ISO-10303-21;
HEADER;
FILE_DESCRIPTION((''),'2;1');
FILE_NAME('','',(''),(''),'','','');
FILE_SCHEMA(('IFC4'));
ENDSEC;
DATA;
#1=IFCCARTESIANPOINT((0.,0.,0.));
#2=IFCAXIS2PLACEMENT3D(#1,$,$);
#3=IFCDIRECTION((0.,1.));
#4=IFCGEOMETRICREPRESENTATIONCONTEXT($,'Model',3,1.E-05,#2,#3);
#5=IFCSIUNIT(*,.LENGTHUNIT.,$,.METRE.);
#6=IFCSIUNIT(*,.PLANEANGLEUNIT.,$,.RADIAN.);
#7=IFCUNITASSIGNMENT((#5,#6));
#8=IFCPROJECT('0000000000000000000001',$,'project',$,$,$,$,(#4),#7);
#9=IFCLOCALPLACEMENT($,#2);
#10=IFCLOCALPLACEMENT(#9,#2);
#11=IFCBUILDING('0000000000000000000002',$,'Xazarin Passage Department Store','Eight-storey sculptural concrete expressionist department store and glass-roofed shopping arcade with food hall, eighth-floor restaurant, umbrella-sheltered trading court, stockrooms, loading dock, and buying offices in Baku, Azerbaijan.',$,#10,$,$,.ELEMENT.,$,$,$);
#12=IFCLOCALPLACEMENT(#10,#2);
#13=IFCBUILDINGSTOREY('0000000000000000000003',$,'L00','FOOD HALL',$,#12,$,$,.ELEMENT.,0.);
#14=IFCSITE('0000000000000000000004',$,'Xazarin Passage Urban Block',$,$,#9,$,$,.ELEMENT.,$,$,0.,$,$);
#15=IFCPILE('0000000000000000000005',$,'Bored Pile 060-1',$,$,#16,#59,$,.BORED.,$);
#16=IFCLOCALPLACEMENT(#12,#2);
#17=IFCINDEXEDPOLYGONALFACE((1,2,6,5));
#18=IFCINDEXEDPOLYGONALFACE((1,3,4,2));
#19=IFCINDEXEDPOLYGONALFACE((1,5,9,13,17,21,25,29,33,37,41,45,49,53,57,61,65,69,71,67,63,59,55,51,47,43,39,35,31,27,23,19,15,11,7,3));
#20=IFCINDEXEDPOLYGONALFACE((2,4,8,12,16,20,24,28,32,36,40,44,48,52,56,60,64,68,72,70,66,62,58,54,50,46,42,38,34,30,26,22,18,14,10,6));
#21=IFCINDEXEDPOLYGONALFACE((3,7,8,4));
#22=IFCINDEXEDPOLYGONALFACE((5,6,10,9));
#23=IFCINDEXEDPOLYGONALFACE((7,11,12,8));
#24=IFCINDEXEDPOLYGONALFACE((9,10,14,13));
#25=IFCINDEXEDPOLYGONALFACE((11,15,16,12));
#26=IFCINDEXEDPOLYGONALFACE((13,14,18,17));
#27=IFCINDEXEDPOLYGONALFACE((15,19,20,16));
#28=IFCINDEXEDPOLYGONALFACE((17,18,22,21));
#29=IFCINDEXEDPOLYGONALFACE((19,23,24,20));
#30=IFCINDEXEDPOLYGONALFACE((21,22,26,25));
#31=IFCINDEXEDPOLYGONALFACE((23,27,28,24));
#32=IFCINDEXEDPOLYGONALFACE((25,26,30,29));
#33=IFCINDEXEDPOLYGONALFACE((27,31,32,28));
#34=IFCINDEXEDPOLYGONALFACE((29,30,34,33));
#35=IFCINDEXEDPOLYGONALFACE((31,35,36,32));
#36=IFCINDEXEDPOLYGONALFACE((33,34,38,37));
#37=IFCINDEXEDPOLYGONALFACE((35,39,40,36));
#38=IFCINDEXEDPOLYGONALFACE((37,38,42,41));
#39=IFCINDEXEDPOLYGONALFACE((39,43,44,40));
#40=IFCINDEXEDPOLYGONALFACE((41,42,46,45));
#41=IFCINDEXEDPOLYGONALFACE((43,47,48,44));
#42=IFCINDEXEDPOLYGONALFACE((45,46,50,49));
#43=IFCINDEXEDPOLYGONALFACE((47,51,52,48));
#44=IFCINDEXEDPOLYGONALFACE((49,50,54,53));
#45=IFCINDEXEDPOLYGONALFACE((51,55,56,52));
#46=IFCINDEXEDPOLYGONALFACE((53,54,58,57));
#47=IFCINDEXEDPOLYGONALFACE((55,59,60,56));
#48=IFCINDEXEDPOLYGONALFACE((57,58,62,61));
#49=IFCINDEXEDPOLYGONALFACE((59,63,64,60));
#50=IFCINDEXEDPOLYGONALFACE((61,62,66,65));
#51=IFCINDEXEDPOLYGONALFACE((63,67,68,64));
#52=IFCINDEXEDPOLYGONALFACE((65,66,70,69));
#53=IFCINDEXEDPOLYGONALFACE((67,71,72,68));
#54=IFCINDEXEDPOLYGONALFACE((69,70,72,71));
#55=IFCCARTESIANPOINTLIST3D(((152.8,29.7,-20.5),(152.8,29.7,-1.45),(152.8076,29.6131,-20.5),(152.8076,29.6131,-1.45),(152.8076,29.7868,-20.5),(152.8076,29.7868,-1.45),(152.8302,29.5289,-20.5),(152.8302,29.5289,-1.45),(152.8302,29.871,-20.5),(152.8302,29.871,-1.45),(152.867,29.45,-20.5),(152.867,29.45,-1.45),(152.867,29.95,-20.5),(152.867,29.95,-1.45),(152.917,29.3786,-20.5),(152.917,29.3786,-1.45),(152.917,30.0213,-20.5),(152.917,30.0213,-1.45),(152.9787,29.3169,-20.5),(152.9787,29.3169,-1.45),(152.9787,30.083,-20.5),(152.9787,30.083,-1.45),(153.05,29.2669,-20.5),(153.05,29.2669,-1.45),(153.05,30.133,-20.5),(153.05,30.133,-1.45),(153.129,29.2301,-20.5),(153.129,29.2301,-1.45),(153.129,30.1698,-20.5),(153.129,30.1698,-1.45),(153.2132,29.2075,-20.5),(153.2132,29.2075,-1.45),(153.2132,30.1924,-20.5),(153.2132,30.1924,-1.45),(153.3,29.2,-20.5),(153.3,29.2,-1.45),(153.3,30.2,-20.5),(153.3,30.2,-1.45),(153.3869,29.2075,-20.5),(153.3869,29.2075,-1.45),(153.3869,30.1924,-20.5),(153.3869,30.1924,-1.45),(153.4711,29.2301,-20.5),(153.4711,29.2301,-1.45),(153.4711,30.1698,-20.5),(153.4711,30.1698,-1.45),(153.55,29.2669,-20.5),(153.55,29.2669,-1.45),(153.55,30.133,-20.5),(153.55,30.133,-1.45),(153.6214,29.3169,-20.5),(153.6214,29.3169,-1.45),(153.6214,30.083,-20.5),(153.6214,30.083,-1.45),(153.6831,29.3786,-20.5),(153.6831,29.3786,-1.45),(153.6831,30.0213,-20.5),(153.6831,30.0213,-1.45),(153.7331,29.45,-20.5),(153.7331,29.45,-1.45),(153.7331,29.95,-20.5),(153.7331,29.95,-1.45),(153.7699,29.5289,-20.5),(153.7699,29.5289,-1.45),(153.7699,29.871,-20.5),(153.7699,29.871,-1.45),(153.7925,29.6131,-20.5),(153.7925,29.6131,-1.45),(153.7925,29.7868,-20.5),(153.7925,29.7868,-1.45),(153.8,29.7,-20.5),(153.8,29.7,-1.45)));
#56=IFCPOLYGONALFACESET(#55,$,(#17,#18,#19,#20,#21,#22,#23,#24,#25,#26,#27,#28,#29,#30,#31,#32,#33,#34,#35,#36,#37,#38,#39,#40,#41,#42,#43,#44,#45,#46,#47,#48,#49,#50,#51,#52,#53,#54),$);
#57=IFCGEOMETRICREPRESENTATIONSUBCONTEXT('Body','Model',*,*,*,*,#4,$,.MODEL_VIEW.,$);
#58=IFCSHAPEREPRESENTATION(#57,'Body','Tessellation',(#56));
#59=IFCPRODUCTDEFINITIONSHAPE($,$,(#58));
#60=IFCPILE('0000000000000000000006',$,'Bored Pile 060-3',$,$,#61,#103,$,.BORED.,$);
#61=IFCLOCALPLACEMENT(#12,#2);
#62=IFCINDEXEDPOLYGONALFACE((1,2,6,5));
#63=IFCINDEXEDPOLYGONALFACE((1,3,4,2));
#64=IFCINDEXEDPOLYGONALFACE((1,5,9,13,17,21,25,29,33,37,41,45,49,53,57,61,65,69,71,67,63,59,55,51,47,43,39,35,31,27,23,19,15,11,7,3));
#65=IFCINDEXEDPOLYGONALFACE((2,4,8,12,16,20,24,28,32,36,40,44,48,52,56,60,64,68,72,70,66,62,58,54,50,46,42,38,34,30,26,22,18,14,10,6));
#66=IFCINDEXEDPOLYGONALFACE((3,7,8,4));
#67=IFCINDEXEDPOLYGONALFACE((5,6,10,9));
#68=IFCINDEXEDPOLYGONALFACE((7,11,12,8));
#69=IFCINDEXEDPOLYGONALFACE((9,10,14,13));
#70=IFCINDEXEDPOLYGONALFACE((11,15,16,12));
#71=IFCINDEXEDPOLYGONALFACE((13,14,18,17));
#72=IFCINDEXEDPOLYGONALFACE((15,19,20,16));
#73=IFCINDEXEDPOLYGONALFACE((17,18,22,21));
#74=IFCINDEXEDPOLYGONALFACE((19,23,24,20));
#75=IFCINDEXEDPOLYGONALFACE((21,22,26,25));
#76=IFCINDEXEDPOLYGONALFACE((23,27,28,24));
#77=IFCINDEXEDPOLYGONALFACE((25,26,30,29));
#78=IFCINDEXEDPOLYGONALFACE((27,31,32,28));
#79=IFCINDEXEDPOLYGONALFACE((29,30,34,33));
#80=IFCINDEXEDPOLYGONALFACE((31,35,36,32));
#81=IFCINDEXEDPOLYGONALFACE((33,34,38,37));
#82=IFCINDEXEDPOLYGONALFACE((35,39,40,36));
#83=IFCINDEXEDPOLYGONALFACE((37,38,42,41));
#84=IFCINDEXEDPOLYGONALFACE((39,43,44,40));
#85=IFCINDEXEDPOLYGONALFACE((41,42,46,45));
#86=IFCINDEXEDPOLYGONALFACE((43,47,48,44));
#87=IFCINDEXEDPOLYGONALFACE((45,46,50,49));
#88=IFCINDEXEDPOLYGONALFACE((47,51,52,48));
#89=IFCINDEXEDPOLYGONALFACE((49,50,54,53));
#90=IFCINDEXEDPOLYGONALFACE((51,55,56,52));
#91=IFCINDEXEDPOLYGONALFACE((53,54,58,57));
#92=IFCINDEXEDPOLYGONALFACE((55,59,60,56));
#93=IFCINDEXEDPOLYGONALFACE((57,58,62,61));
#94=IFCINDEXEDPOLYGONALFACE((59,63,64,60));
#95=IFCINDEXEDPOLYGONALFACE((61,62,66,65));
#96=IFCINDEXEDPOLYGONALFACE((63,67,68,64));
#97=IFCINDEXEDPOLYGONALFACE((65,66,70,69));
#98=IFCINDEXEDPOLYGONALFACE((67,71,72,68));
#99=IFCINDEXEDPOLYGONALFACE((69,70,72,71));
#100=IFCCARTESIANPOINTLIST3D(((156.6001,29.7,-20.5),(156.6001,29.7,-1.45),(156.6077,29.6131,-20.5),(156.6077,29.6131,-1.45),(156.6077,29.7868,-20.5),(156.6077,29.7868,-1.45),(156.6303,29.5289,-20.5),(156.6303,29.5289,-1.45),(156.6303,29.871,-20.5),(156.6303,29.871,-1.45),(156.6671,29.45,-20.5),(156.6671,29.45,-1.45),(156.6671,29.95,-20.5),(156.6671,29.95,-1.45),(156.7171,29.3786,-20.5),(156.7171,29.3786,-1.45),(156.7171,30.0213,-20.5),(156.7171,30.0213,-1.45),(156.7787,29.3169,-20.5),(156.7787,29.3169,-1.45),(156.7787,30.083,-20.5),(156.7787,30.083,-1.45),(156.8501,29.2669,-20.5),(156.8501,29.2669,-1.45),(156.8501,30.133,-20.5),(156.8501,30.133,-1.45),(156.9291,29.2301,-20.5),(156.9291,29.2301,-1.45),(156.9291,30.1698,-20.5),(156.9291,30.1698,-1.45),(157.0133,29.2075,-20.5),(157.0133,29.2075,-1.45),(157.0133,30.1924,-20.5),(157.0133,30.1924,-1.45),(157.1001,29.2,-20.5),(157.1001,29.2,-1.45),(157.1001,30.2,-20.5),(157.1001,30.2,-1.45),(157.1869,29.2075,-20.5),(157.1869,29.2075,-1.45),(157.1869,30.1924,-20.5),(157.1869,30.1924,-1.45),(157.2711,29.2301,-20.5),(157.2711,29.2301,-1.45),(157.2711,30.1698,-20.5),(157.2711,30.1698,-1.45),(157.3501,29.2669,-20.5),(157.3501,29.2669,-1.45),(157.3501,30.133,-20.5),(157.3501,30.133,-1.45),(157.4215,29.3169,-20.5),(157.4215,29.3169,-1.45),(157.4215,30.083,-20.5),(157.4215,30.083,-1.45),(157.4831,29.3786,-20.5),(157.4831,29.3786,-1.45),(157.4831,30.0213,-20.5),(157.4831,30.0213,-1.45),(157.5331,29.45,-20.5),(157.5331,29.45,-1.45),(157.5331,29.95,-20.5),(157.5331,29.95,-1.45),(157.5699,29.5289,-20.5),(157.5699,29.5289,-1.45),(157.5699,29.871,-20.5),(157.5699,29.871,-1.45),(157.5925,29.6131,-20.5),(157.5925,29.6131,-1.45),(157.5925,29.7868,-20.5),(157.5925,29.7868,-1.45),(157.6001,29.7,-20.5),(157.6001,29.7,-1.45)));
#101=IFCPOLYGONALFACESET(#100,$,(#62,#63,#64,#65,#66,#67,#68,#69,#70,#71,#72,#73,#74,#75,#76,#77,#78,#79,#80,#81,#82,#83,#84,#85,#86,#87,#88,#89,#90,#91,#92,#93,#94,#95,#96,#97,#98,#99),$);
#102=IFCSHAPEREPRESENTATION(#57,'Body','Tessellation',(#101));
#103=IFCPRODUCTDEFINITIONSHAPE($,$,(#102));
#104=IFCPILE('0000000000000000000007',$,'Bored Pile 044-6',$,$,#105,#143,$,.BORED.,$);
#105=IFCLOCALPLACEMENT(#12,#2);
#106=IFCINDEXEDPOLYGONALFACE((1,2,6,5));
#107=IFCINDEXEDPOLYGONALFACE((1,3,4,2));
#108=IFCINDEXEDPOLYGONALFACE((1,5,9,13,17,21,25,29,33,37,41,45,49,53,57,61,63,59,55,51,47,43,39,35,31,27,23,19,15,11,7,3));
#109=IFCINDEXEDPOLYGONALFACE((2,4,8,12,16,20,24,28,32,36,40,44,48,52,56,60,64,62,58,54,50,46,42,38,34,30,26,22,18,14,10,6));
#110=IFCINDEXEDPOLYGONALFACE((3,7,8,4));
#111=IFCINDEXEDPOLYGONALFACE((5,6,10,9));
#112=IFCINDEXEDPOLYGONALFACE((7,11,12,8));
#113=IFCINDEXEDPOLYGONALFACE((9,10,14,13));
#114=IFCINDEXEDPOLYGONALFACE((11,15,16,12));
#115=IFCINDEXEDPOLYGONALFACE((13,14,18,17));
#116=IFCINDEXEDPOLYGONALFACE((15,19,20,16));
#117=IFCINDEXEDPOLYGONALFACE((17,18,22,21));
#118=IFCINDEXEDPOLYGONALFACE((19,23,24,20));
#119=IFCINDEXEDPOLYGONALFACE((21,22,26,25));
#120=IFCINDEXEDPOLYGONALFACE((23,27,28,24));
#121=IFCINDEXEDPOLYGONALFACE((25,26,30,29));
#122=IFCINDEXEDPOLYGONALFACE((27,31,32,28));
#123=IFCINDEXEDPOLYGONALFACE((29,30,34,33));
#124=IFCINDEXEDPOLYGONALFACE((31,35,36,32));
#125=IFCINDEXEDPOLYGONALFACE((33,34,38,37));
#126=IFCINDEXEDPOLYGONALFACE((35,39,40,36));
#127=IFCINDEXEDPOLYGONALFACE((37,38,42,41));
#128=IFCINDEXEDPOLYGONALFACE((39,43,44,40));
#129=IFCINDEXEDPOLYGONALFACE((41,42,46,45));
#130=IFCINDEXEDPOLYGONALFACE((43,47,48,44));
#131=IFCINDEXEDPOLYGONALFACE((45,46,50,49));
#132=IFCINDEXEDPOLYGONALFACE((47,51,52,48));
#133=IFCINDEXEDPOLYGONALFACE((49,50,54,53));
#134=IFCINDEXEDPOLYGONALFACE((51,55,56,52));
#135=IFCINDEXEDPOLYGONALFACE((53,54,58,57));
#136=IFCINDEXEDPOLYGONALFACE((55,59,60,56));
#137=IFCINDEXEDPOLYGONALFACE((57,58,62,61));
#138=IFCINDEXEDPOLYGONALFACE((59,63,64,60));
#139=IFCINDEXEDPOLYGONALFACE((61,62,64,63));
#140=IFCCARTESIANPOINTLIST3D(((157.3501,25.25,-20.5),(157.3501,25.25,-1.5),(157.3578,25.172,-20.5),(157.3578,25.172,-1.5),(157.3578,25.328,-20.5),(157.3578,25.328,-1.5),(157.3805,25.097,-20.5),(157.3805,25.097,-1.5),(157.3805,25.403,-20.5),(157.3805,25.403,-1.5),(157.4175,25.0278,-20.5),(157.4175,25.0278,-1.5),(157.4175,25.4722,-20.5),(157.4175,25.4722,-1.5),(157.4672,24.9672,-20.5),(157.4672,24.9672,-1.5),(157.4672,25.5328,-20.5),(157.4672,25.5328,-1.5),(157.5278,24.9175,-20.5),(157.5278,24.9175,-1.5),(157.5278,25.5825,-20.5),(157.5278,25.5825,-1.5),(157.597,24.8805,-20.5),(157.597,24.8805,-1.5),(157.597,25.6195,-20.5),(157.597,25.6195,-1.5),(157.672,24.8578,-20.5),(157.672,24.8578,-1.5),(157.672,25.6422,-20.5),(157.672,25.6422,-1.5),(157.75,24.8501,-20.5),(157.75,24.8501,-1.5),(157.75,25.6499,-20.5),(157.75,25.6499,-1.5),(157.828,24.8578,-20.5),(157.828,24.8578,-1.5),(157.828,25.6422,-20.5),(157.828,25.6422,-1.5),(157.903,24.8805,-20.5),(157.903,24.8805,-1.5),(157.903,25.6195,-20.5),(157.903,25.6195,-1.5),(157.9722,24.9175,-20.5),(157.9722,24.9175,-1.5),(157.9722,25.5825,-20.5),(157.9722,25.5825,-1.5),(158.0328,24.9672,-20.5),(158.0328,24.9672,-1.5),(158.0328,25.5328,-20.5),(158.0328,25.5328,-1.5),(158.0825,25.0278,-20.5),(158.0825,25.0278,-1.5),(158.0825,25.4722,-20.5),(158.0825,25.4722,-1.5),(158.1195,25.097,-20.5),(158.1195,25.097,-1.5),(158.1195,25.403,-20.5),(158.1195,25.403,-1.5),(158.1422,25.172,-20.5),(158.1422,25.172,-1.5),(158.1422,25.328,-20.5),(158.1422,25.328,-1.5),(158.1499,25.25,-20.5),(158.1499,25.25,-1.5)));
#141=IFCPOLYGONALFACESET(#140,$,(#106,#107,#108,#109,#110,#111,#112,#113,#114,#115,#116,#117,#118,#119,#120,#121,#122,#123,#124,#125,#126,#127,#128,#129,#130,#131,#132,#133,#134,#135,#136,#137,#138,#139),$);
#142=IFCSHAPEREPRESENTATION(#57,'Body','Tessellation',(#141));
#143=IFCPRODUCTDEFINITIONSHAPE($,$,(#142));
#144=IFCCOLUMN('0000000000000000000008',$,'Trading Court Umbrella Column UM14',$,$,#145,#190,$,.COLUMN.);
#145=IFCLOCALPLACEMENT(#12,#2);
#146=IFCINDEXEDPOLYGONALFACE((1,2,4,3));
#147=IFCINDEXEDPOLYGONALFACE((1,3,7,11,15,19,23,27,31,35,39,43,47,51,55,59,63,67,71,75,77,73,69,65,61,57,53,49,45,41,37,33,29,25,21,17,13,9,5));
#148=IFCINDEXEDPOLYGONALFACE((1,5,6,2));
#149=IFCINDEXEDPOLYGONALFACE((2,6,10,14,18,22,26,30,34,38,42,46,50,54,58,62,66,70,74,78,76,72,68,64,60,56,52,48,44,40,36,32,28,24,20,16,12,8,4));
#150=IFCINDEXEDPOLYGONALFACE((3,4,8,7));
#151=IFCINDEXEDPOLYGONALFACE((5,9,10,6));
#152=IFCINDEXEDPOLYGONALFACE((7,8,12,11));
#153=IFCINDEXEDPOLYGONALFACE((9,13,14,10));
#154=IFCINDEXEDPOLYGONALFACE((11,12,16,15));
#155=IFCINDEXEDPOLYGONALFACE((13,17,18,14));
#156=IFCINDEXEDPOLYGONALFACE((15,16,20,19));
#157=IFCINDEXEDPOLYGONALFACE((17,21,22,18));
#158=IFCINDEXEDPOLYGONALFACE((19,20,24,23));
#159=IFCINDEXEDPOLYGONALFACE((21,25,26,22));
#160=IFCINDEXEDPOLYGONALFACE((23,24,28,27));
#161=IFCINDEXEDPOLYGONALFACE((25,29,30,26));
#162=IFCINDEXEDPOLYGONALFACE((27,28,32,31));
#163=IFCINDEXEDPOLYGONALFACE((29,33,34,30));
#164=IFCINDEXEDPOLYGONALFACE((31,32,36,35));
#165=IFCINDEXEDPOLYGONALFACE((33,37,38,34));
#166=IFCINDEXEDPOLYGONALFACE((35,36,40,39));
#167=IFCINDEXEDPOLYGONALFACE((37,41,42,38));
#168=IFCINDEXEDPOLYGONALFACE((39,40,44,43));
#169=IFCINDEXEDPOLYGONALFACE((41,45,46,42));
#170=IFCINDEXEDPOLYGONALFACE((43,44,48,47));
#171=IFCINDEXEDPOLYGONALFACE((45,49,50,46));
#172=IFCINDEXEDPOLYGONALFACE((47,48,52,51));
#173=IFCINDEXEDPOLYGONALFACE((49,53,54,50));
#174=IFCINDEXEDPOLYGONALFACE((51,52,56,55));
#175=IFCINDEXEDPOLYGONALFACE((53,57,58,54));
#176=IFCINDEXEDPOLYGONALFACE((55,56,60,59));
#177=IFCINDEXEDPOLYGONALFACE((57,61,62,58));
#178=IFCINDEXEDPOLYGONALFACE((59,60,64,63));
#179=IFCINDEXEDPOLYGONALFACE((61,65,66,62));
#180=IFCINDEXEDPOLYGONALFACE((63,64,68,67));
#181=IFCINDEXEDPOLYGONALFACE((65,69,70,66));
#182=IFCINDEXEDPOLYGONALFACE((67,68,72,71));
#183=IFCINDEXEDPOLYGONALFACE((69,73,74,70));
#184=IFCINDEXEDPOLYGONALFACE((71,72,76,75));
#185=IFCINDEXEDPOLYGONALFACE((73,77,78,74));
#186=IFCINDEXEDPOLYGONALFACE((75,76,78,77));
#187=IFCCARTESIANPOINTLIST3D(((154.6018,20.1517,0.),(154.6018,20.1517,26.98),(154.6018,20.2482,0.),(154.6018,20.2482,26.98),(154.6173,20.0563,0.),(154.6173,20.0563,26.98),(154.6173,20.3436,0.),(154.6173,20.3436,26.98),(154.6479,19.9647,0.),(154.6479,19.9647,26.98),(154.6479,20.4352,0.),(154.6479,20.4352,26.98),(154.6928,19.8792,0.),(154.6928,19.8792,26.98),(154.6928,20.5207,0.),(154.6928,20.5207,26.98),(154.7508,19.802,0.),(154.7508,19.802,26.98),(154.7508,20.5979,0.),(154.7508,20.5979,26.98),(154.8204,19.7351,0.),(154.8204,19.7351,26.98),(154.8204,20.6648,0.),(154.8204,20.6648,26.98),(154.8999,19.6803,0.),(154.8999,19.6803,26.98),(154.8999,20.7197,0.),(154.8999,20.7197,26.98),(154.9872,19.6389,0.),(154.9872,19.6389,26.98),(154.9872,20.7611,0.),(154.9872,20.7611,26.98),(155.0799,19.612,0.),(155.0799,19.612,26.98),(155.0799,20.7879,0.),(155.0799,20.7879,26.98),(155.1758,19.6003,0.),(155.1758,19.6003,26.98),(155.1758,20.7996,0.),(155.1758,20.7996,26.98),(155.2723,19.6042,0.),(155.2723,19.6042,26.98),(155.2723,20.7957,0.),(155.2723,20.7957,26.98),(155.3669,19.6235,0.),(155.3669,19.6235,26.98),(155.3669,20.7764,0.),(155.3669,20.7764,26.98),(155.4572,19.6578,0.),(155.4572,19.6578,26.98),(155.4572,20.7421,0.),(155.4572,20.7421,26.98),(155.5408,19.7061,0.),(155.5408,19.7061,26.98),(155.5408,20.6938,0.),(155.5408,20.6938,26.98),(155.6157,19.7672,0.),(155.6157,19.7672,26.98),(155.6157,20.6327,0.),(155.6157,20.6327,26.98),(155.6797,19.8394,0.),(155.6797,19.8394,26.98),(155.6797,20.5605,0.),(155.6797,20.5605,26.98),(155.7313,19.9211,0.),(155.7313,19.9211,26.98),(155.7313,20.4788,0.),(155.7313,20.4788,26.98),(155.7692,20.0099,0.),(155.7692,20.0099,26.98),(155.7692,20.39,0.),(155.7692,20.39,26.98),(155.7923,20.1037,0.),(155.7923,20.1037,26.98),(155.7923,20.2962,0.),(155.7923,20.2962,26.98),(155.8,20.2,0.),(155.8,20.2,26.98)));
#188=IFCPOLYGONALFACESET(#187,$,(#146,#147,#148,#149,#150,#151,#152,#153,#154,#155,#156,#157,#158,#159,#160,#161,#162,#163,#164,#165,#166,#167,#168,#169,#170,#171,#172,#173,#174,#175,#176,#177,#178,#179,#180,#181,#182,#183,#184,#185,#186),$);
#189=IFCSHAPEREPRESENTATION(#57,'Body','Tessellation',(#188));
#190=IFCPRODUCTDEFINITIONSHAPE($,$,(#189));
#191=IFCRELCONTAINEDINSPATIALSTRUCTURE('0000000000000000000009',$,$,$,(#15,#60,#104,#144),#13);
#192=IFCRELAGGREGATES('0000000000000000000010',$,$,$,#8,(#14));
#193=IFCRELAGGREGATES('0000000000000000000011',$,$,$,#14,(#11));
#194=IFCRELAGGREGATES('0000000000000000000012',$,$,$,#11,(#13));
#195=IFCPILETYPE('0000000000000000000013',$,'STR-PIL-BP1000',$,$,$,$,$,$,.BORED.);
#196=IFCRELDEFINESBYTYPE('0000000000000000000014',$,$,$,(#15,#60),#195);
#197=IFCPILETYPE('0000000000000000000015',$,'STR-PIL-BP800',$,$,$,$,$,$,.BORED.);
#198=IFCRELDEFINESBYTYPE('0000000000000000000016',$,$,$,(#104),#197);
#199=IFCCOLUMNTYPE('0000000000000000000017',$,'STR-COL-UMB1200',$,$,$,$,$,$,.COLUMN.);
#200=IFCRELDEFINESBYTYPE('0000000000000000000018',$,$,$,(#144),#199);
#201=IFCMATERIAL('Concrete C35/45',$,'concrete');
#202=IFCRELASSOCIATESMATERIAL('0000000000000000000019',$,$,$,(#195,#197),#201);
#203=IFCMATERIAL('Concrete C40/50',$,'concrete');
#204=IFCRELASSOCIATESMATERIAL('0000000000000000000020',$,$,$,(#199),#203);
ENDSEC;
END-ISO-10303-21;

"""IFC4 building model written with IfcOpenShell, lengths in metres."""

from ifc_helpers import new_model, si_unit, direction, frame, origin, origin_2d, place, context, subcontext, project, spatial, circle, extrude, material, material_profile, profile_set, type_object, element, save


model = new_model("IFC4")

# Units and contexts
model_context = context("Model", 3, precision=1e-05, world=origin(), true_north=direction((0.0, 1.0)))
body_context = subcontext(model_context, "Body", "Model", "MODEL_VIEW")
ifc_project = project(units=[si_unit("LENGTHUNIT", "METRE"), si_unit("PLANEANGLEUNIT", "RADIAN")], contexts=[model_context])

# Site, building, storey
site_placement = place(None, origin())
site = spatial("IfcSite", under=ifc_project, at=site_placement, Name="Xazarin Passage Urban Block", CompositionType="ELEMENT", RefElevation=0.0)
building_placement = place(site_placement, origin())
building = spatial("IfcBuilding", under=site, at=building_placement, Name="Xazarin Passage Department Store", Description="Eight-storey sculptural concrete expressionist department store and glass-roofed shopping arcade with food hall, eighth-floor restaurant, umbrella-sheltered trading court, stockrooms, loading dock, and buying offices in Baku, Azerbaijan.", CompositionType="ELEMENT")
storey_placement = place(building_placement, origin())
storey = spatial("IfcBuildingStorey", under=building, at=storey_placement, Name="L00", Description="FOOD HALL", CompositionType="ELEMENT", Elevation=0.0)

# Shared definitions
ifc_material_1 = material(Name="Concrete C35/45", Category="concrete")

# Piles
ifc_material_profile_1 = material_profile(ifc_material_1, circle(Radius=0.5, at=origin_2d()), Name="BP 1000")
ifc_profile_set_1 = profile_set([ifc_material_profile_1], Name="Concrete C35/45")
pile_type_1 = type_object("IfcPileType", Name="STR-PIL-BP1000", PredefinedType="BORED", material=ifc_profile_set_1)
for number, where, z_axis, x_axis, name in (
    (1, (153.3, 29.7, -1.45), (0.0, 0.0, -1.0), (1.0, 0.0, 0.0), "Bored Pile 060-1"),
    (2, (157.1001, 29.7, -1.45), (0.0, 0.0, -1.0), (1.0, 0.0, 0.0), "Bored Pile 060-3"),
):
    element("IfcPile", number, at=place(storey_placement, frame(where, z_axis=z_axis, x_axis=x_axis)), inside=storey, type_object=pile_type_1, Name=name, PredefinedType="BORED", context=body_context, shape_type="SweptSolid", body=[
        extrude(circle(Radius=0.5, at=origin_2d()), origin(), (0.0, 0.0, 1.0), 19.05),
    ])
ifc_material_profile_2 = material_profile(ifc_material_1, circle(Radius=0.3999, at=origin_2d()), Name="BP 800")
ifc_profile_set_2 = profile_set([ifc_material_profile_2], Name="Concrete C35/45")
pile_type_2 = type_object("IfcPileType", Name="STR-PIL-BP800", PredefinedType="BORED", material=ifc_profile_set_2)
pile_1_placement = place(storey_placement, frame((157.75, 25.25, -1.5), z_axis=(0.0, 0.0, -1.0), x_axis=(1.0, 0.0, 0.0)))
element("IfcPile", 3, at=pile_1_placement, inside=storey, type_object=pile_type_2, Name="Bored Pile 044-6", PredefinedType="BORED", context=body_context, shape_type="SweptSolid", body=[
    extrude(circle(Radius=0.3999, at=origin_2d()), origin(), (0.0, 0.0, 1.0), 19.0),
])

# Column
ifc_material_2 = material(Name="Concrete C40/50", Category="concrete")
ifc_material_profile_3 = material_profile(ifc_material_2, circle(Radius=0.6001, at=origin_2d()), Name="RCD 1200")
ifc_profile_set_3 = profile_set([ifc_material_profile_3], Name="Concrete C40/50")
column_type = type_object("IfcColumnType", Name="STR-COL-UMB1200", PredefinedType="COLUMN", material=ifc_profile_set_3)
column_placement = place(storey_placement, frame((155.2, 20.2, 0.0), z_axis=(0.0, 0.0, 1.0), x_axis=(1.0, 0.0, 0.0)))
element("IfcColumn", 4, at=column_placement, inside=storey, type_object=column_type, Name="Trading Court Umbrella Column UM14", PredefinedType="COLUMN", context=body_context, shape_type="SweptSolid", body=[
    extrude(circle(Radius=0.6001, at=origin_2d()), origin(), (0.0, 0.0, 1.0), 26.98),
])

save(model, "model.ifc")
